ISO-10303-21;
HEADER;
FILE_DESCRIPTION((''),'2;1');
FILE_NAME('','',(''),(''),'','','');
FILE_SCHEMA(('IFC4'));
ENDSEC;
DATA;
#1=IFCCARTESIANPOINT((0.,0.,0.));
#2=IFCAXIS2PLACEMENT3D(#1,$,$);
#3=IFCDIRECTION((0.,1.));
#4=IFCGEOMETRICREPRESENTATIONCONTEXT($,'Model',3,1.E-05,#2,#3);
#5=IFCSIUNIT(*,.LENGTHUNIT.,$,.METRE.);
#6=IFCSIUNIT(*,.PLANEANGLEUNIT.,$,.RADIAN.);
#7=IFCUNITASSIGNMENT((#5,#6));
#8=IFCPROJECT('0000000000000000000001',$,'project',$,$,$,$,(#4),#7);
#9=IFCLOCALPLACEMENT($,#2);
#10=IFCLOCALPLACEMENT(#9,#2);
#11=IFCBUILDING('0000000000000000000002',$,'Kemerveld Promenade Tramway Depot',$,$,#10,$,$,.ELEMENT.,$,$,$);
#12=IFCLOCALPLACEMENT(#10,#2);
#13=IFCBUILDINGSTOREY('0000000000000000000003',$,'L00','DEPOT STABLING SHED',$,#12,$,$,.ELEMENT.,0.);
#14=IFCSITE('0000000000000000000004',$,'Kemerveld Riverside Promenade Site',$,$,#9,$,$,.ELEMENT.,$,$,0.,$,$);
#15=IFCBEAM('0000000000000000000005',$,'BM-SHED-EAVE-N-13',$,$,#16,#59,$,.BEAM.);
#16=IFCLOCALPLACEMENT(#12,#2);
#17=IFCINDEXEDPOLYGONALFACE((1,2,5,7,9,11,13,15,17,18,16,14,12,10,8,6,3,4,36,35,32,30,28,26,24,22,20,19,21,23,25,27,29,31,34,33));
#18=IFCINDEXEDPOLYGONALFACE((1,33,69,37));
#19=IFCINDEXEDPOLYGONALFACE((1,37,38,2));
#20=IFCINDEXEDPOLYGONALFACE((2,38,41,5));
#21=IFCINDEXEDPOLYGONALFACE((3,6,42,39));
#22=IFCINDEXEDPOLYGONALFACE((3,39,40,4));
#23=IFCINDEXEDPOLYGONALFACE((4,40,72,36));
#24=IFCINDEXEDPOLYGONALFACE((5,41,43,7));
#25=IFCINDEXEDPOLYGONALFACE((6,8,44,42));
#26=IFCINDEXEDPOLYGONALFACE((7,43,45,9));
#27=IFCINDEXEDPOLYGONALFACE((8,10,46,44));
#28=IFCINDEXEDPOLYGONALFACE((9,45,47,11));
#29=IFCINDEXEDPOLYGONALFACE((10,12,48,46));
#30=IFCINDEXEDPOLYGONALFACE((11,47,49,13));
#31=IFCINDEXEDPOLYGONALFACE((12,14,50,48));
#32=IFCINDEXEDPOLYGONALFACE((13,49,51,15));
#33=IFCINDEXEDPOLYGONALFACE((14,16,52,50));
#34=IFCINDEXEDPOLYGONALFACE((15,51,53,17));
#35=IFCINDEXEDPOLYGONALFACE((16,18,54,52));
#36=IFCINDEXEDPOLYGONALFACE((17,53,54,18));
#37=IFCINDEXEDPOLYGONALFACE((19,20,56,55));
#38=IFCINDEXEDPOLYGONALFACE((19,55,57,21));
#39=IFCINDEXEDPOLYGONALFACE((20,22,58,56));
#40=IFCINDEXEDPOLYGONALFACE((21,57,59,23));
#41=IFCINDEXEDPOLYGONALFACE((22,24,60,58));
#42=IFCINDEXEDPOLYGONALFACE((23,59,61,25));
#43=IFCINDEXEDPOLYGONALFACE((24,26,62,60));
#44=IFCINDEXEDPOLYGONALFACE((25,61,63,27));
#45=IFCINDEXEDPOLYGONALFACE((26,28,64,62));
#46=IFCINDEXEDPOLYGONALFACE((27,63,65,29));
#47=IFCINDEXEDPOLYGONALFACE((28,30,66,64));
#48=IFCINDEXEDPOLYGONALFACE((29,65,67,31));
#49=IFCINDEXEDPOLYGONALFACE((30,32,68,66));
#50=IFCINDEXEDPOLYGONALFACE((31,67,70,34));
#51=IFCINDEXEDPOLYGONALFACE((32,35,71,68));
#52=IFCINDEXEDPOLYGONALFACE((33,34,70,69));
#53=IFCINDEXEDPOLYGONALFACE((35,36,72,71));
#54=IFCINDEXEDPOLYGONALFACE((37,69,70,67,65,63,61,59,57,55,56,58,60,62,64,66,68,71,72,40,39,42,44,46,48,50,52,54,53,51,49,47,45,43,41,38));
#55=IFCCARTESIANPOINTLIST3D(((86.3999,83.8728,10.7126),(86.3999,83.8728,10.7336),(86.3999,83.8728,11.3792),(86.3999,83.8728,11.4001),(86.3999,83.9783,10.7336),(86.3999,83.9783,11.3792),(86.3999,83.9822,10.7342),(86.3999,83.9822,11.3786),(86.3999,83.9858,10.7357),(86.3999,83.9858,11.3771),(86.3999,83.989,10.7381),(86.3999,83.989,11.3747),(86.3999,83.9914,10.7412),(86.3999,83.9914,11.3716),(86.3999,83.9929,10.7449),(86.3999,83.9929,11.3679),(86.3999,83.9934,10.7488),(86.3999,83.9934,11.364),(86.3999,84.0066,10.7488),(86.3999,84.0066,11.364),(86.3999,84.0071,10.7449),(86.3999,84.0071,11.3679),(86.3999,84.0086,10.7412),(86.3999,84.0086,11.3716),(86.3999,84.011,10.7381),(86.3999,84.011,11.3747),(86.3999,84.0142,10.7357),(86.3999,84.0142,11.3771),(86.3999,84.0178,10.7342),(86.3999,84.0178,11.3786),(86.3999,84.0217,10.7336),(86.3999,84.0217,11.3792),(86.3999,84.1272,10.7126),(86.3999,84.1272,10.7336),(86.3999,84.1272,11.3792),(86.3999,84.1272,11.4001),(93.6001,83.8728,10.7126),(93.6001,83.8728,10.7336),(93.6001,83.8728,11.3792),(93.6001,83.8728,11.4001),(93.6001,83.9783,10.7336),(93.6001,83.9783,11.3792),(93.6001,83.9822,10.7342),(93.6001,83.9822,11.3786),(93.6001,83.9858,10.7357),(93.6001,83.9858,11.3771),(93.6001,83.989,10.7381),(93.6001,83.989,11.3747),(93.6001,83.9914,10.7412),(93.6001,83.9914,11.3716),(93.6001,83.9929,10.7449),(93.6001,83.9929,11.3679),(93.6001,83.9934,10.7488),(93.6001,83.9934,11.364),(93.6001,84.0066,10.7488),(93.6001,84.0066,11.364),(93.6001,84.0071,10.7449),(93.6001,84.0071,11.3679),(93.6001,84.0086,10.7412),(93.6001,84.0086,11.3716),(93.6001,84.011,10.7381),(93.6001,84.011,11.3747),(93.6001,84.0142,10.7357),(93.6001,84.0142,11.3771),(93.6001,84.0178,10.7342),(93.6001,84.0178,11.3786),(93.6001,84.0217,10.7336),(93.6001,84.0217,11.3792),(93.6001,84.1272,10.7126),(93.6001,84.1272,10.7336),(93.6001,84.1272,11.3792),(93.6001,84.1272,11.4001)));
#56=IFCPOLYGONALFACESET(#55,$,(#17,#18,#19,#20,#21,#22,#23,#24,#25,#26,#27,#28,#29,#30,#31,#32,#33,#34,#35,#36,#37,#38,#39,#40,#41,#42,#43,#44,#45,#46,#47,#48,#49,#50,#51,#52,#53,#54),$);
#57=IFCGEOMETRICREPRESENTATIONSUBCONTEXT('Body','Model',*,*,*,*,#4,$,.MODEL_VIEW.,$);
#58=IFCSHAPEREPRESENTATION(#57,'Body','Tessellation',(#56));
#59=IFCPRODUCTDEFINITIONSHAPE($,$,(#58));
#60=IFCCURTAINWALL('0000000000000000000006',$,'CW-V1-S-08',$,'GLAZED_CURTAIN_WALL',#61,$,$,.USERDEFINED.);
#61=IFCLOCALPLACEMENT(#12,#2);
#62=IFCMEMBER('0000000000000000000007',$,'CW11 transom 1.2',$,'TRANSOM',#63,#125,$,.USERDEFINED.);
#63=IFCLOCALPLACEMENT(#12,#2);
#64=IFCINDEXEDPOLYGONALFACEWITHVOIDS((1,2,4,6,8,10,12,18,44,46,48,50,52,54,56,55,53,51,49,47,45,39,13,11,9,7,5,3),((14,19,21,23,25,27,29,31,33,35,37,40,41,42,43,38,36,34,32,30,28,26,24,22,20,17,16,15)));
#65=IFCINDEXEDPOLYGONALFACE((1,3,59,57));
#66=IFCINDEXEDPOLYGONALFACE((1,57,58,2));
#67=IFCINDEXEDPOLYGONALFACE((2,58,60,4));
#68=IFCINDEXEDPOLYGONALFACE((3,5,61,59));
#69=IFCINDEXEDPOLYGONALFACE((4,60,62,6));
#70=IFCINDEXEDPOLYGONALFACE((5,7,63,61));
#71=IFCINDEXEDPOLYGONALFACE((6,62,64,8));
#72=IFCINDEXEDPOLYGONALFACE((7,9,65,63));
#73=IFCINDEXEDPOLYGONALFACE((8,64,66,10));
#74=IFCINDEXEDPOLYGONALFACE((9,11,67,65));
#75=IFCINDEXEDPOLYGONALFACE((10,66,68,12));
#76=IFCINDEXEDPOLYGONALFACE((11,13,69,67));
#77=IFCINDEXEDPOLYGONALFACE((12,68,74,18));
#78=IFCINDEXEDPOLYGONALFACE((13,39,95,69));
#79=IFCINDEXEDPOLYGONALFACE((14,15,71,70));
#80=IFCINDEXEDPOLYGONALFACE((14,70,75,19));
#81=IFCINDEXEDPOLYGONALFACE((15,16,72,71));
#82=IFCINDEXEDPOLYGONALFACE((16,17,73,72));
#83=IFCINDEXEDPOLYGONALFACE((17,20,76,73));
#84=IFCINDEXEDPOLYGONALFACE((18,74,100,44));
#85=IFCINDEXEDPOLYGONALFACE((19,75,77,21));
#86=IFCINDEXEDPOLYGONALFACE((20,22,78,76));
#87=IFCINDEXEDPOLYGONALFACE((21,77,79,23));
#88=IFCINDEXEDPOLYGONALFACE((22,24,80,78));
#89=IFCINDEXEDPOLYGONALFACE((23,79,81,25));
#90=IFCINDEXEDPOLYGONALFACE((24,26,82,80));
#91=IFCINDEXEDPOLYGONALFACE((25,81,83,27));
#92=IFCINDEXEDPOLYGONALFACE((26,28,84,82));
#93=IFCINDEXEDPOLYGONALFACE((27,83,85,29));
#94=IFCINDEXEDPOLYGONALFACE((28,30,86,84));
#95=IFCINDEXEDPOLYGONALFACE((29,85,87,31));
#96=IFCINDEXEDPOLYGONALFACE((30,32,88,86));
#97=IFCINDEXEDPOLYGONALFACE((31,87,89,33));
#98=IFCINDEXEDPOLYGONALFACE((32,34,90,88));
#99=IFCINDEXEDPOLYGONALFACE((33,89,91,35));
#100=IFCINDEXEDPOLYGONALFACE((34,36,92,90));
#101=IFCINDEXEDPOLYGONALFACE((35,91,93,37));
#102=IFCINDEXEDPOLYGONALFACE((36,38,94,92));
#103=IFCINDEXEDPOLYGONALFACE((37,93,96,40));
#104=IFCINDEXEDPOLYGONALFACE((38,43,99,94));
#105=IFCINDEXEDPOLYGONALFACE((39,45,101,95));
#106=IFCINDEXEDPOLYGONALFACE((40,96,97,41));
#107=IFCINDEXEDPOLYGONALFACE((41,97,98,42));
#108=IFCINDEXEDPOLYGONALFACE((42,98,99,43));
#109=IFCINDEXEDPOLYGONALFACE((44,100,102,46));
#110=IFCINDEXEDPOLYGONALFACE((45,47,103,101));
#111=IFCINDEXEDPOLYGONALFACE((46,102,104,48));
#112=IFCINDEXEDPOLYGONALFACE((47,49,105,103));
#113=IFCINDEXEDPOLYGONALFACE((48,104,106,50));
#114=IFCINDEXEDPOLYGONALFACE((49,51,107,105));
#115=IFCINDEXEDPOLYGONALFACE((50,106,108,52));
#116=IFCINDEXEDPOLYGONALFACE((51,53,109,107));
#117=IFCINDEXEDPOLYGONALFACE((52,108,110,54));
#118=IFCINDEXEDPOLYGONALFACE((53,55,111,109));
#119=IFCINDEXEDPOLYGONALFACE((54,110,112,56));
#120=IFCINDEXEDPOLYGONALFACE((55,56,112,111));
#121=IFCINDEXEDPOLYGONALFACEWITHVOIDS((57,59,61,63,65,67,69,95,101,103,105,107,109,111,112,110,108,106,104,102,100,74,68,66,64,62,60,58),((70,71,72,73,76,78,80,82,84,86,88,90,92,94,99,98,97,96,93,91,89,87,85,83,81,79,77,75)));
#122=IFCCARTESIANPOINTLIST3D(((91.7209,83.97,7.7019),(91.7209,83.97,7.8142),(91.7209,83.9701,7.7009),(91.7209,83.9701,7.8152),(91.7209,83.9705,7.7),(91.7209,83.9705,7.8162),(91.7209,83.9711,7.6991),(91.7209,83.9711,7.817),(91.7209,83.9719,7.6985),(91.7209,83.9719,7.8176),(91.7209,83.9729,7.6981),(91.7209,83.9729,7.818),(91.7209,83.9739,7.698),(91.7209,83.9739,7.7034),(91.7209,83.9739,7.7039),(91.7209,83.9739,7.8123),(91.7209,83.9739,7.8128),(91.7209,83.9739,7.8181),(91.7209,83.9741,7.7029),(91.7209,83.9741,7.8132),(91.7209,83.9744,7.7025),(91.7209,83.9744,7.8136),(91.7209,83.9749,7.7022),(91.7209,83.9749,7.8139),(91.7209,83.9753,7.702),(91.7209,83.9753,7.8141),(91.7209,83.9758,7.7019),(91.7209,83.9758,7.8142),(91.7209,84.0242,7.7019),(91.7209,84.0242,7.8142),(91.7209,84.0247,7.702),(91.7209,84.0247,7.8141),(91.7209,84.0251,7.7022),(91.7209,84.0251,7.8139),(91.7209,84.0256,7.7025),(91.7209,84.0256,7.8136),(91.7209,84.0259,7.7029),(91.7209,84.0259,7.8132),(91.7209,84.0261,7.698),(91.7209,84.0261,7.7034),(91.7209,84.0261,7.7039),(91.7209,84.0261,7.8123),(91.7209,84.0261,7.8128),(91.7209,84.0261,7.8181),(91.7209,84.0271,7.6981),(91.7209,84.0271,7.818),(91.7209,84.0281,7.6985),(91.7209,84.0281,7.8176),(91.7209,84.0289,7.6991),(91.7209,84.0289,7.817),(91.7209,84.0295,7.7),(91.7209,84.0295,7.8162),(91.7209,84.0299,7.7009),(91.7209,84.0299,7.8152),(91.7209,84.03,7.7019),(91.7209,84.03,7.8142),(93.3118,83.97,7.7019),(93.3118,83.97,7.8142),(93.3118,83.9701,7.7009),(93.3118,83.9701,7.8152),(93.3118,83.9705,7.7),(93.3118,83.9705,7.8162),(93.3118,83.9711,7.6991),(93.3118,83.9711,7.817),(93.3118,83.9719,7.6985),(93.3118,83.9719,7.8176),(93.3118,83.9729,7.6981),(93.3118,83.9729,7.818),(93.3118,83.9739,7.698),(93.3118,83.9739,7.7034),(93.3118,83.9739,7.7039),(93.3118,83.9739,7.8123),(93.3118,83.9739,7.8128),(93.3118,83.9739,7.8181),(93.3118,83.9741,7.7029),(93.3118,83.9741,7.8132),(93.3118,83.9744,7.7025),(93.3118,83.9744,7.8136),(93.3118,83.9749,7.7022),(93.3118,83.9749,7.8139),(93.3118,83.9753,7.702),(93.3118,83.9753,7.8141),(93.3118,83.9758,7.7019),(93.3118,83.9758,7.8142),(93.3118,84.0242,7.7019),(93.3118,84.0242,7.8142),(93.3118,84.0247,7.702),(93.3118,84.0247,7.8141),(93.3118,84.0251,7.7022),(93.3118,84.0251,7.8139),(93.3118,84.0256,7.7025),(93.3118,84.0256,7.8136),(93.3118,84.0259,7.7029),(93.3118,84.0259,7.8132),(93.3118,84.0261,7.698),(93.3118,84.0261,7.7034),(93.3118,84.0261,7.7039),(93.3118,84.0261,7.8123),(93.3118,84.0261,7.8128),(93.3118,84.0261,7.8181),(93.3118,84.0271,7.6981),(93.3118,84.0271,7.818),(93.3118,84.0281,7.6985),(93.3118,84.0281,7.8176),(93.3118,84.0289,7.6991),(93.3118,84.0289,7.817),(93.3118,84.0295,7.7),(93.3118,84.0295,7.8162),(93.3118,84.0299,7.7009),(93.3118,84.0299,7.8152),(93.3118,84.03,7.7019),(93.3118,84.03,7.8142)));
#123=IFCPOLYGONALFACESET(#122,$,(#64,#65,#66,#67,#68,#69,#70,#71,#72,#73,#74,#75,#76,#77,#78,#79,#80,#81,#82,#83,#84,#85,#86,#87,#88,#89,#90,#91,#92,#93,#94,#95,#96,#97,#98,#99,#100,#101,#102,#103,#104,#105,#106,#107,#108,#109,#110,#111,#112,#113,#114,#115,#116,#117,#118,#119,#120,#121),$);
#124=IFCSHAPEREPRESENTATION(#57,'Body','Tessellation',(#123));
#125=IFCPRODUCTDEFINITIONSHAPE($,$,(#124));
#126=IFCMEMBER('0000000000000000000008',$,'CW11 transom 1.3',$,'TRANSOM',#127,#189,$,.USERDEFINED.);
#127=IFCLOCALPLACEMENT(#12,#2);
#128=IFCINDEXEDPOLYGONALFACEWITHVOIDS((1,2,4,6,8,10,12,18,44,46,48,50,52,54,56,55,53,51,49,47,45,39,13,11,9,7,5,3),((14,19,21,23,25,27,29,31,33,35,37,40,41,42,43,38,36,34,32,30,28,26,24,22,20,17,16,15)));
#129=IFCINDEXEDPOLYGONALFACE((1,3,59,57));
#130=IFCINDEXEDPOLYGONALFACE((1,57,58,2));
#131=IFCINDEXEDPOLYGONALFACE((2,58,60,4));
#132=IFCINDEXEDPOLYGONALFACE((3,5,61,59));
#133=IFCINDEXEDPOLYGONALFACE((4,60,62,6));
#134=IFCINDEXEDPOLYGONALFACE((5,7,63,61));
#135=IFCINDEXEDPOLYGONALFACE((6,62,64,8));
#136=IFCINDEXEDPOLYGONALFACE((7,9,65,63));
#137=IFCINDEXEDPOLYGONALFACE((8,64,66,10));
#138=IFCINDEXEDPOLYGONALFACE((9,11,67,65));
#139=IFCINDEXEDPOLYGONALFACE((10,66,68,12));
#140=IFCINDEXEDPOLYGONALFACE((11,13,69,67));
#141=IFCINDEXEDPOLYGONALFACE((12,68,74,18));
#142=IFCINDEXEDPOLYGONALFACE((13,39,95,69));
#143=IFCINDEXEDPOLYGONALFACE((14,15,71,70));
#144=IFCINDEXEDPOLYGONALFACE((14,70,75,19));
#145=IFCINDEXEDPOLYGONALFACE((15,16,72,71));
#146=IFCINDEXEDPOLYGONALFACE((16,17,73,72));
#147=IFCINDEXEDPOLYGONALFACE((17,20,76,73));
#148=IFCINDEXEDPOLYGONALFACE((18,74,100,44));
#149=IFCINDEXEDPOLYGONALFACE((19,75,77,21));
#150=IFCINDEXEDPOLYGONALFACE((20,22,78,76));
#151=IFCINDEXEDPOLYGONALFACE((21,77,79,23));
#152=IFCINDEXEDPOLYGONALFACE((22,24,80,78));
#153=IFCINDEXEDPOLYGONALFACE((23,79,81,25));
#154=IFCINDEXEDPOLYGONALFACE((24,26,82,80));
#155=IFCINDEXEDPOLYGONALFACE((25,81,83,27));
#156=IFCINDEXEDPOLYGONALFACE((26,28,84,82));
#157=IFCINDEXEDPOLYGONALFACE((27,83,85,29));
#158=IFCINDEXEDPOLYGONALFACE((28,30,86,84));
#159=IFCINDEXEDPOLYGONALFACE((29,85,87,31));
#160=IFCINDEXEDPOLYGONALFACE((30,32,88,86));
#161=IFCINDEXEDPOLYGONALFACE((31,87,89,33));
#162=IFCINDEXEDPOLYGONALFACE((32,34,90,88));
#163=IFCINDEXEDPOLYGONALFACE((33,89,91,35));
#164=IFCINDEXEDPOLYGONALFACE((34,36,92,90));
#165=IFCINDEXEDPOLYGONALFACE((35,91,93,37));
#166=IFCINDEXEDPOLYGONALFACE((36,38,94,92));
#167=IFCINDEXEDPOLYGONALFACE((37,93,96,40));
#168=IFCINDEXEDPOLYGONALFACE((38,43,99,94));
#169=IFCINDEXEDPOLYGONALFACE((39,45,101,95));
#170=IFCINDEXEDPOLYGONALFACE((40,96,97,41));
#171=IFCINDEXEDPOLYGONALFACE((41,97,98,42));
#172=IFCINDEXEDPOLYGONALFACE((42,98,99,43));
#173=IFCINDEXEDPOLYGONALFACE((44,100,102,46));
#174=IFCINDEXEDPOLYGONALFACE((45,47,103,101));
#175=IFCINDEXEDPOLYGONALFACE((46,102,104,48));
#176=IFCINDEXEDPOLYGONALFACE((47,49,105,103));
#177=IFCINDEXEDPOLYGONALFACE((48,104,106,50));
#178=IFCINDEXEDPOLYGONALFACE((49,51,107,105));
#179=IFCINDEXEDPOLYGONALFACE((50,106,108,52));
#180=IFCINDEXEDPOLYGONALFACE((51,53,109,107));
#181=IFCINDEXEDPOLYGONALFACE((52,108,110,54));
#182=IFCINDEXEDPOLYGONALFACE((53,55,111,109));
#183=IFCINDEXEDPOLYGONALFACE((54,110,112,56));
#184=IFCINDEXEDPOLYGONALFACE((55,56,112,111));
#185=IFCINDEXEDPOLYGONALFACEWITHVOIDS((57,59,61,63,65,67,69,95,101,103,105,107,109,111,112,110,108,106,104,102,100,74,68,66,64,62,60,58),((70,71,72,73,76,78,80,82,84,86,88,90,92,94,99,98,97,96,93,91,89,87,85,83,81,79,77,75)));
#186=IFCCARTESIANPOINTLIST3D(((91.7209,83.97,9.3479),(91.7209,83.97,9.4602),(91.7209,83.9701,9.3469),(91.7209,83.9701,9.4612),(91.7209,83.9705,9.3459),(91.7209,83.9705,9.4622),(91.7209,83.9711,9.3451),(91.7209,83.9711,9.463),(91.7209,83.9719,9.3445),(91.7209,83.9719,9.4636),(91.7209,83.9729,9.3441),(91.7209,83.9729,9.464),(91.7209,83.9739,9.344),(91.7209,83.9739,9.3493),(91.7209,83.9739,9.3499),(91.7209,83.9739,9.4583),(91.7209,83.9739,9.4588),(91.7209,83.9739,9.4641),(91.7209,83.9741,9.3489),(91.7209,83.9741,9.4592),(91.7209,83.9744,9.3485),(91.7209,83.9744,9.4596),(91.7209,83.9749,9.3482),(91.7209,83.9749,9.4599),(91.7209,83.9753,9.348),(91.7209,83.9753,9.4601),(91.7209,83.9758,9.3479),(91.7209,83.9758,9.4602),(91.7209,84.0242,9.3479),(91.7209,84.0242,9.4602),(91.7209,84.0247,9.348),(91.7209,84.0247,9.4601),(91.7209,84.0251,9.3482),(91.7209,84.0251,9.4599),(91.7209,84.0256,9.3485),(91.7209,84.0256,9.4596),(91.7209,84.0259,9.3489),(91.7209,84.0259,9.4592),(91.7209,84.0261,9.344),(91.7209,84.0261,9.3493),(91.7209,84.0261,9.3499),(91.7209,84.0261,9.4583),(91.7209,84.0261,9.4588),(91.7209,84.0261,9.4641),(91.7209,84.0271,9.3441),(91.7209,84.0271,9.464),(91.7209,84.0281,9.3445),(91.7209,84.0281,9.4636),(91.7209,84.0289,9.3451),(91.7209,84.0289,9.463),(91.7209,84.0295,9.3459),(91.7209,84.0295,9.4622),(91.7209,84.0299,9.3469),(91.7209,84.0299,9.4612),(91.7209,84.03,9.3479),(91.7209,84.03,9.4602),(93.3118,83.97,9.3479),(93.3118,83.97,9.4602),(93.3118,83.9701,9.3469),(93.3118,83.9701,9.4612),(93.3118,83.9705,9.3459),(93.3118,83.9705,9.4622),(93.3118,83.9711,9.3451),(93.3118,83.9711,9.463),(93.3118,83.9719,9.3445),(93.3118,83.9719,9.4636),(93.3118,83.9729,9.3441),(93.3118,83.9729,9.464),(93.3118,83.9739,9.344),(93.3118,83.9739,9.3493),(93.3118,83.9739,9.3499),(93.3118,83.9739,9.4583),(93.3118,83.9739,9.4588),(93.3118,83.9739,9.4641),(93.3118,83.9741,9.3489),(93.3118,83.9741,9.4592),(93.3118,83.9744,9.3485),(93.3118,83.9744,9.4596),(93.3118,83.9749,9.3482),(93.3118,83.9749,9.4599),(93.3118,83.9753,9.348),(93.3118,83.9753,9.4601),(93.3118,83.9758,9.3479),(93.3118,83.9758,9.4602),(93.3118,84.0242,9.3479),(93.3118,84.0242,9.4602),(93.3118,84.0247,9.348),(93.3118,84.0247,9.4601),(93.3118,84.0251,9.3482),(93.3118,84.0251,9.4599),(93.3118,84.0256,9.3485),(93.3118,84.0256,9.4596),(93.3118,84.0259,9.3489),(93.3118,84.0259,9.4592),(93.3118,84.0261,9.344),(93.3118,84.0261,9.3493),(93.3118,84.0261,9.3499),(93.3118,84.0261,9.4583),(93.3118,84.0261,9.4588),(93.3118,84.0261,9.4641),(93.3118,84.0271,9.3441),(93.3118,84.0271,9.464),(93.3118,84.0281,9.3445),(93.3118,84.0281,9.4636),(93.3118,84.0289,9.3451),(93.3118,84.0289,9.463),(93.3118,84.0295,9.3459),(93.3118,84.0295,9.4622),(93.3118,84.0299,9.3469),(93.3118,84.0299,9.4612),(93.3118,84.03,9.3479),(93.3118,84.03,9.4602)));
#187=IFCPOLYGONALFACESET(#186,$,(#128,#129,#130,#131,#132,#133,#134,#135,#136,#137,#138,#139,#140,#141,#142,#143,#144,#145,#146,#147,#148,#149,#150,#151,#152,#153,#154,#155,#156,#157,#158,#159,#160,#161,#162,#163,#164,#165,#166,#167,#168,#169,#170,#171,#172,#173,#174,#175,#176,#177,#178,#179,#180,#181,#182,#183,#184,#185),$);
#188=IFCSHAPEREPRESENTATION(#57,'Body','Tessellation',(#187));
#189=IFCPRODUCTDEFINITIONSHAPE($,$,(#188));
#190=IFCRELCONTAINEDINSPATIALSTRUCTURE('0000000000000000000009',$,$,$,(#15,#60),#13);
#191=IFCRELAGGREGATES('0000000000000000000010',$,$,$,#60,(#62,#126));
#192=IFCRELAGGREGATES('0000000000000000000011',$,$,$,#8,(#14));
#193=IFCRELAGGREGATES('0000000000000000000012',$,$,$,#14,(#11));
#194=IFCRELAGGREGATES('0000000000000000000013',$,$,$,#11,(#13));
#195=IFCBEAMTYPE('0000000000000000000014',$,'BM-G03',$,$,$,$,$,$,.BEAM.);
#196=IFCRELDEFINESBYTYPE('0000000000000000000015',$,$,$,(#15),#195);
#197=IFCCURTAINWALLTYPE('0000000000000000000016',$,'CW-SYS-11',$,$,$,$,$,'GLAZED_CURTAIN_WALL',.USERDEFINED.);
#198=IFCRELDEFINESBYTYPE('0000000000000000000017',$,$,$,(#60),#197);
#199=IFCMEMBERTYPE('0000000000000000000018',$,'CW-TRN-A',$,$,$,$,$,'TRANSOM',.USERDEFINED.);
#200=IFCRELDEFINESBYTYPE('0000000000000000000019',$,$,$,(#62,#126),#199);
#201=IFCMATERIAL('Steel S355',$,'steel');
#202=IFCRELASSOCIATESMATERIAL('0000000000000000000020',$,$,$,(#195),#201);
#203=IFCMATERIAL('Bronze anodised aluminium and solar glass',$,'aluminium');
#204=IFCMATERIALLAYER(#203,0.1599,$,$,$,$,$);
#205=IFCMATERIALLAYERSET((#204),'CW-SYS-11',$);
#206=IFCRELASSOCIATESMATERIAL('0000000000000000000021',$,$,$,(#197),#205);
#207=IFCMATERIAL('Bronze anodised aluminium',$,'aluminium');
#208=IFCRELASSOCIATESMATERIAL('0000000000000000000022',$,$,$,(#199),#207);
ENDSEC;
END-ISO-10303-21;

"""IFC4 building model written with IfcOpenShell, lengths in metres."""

from ifc_helpers import new_model, si_unit, direction, frame, origin, origin_2d, place, context, subcontext, project, spatial, hollow_rectangle, i_section, extrude, material, layer, layer_set, material_profile, profile_set, type_object, element, aggregate, save


model = new_model("IFC4")

# Units and contexts
model_context = context("Model", 3, precision=1e-05, world=origin(), true_north=direction((0.0, 1.0)))
body_context = subcontext(model_context, "Body", "Model", "MODEL_VIEW")
ifc_project = project(units=[si_unit("LENGTHUNIT", "METRE"), si_unit("PLANEANGLEUNIT", "RADIAN")], contexts=[model_context])

# Site, building, storey
site_placement = place(None, origin())
site = spatial("IfcSite", under=ifc_project, at=site_placement, Name="Kemerveld Riverside Promenade Site", CompositionType="ELEMENT", RefElevation=0.0)
building_placement = place(site_placement, origin())
building = spatial("IfcBuilding", under=site, at=building_placement, Name="Kemerveld Promenade Tramway Depot", CompositionType="ELEMENT")
storey_placement = place(building_placement, origin())
storey = spatial("IfcBuildingStorey", under=building, at=storey_placement, Name="L00", Description="DEPOT STABLING SHED", CompositionType="ELEMENT", Elevation=0.0)

# Beam
ifc_material_1 = material(Name="Steel S355", Category="steel")
ifc_material_profile_1 = material_profile(ifc_material_1, i_section(OverallWidth=0.2544, OverallDepth=0.6875, WebThickness=0.0132, FlangeThickness=0.021, FilletRadius=0.0151, at=origin_2d()), Name="686x254x152 UB")
ifc_profile_set_1 = profile_set([ifc_material_profile_1], Name="Steel S355")
beam_type = type_object("IfcBeamType", Name="BM-G03", PredefinedType="BEAM", material=ifc_profile_set_1)
beam_placement = place(storey_placement, frame((86.3999, 84.0, 11.0564), z_axis=(1.0, 0.0, 0.0), x_axis=(0.0, 1.0, 0.0)))
element("IfcBeam", 1, at=beam_placement, inside=storey, type_object=beam_type, Name="BM-SHED-EAVE-N-13", PredefinedType="BEAM", context=body_context, shape_type="SweptSolid", body=[
    extrude(i_section(OverallWidth=0.2544, OverallDepth=0.6875, WebThickness=0.0132, FlangeThickness=0.021, FilletRadius=0.0151, at=origin_2d()), origin(), (0.0, 0.0, 1.0), 7.2002),
])

# Curtain wall, members
ifc_material_2 = material(Name="Bronze anodised aluminium and solar glass", Category="aluminium")
ifc_layer_1 = layer(ifc_material_2, 0.1599)
ifc_layer_set_1 = layer_set([ifc_layer_1], Name="CW-SYS-11")
curtain_wall_type_1 = type_object("IfcCurtainWallType", Name="CW-SYS-11", ElementType="GLAZED_CURTAIN_WALL", PredefinedType="USERDEFINED", material=ifc_layer_set_1)
curtain_wall_1_placement = place(storey_placement, origin())
curtain_wall_1 = element("IfcCurtainWall", 2, at=curtain_wall_1_placement, inside=storey, type_object=curtain_wall_type_1, Name="CW-V1-S-08", ObjectType="GLAZED_CURTAIN_WALL", PredefinedType="USERDEFINED")
ifc_material_3 = material(Name="Bronze anodised aluminium", Category="aluminium")
ifc_material_profile_2 = material_profile(ifc_material_3, hollow_rectangle(XDim=0.0601, YDim=0.1201, WallThickness=0.0039, InnerFilletRadius=0.002, OuterFilletRadius=0.0039, at=origin_2d()), Name="CW-TRN-120x60")
ifc_profile_set_2 = profile_set([ifc_material_profile_2], Name="Bronze anodised aluminium")
member_type_1 = type_object("IfcMemberType", Name="CW-TRN-A", ElementType="TRANSOM", PredefinedType="USERDEFINED", material=ifc_profile_set_2)
member_1_placement = place(storey_placement, frame((93.3118, 84.0, 7.7581), z_axis=(-1.0, 0.0, 0.0), x_axis=(0.0, -1.0, 0.0)))
member_1 = element("IfcMember", 3, at=member_1_placement, type_object=member_type_1, Name="CW11 transom 1.2", ObjectType="TRANSOM", PredefinedType="USERDEFINED", context=body_context, shape_type="SweptSolid", body=[
    extrude(hollow_rectangle(XDim=0.0601, YDim=0.1201, WallThickness=0.0039, InnerFilletRadius=0.002, OuterFilletRadius=0.0039, at=origin_2d()), origin(), (0.0, 0.0, 1.0), 1.5908),
])
member_2_placement = place(storey_placement, frame((93.3118, 84.0, 9.4041), z_axis=(-1.0, 0.0, 0.0), x_axis=(0.0, -1.0, 0.0)))
member_2 = element("IfcMember", 4, at=member_2_placement, type_object=member_type_1, Name="CW11 transom 1.3", ObjectType="TRANSOM", PredefinedType="USERDEFINED", context=body_context, shape_type="SweptSolid", body=[
    extrude(hollow_rectangle(XDim=0.0601, YDim=0.1201, WallThickness=0.0039, InnerFilletRadius=0.002, OuterFilletRadius=0.0039, at=origin_2d()), origin(), (0.0, 0.0, 1.0), 1.5908),
])

aggregate(curtain_wall_1, [member_1, member_2])

save(model, "model.ifc")
